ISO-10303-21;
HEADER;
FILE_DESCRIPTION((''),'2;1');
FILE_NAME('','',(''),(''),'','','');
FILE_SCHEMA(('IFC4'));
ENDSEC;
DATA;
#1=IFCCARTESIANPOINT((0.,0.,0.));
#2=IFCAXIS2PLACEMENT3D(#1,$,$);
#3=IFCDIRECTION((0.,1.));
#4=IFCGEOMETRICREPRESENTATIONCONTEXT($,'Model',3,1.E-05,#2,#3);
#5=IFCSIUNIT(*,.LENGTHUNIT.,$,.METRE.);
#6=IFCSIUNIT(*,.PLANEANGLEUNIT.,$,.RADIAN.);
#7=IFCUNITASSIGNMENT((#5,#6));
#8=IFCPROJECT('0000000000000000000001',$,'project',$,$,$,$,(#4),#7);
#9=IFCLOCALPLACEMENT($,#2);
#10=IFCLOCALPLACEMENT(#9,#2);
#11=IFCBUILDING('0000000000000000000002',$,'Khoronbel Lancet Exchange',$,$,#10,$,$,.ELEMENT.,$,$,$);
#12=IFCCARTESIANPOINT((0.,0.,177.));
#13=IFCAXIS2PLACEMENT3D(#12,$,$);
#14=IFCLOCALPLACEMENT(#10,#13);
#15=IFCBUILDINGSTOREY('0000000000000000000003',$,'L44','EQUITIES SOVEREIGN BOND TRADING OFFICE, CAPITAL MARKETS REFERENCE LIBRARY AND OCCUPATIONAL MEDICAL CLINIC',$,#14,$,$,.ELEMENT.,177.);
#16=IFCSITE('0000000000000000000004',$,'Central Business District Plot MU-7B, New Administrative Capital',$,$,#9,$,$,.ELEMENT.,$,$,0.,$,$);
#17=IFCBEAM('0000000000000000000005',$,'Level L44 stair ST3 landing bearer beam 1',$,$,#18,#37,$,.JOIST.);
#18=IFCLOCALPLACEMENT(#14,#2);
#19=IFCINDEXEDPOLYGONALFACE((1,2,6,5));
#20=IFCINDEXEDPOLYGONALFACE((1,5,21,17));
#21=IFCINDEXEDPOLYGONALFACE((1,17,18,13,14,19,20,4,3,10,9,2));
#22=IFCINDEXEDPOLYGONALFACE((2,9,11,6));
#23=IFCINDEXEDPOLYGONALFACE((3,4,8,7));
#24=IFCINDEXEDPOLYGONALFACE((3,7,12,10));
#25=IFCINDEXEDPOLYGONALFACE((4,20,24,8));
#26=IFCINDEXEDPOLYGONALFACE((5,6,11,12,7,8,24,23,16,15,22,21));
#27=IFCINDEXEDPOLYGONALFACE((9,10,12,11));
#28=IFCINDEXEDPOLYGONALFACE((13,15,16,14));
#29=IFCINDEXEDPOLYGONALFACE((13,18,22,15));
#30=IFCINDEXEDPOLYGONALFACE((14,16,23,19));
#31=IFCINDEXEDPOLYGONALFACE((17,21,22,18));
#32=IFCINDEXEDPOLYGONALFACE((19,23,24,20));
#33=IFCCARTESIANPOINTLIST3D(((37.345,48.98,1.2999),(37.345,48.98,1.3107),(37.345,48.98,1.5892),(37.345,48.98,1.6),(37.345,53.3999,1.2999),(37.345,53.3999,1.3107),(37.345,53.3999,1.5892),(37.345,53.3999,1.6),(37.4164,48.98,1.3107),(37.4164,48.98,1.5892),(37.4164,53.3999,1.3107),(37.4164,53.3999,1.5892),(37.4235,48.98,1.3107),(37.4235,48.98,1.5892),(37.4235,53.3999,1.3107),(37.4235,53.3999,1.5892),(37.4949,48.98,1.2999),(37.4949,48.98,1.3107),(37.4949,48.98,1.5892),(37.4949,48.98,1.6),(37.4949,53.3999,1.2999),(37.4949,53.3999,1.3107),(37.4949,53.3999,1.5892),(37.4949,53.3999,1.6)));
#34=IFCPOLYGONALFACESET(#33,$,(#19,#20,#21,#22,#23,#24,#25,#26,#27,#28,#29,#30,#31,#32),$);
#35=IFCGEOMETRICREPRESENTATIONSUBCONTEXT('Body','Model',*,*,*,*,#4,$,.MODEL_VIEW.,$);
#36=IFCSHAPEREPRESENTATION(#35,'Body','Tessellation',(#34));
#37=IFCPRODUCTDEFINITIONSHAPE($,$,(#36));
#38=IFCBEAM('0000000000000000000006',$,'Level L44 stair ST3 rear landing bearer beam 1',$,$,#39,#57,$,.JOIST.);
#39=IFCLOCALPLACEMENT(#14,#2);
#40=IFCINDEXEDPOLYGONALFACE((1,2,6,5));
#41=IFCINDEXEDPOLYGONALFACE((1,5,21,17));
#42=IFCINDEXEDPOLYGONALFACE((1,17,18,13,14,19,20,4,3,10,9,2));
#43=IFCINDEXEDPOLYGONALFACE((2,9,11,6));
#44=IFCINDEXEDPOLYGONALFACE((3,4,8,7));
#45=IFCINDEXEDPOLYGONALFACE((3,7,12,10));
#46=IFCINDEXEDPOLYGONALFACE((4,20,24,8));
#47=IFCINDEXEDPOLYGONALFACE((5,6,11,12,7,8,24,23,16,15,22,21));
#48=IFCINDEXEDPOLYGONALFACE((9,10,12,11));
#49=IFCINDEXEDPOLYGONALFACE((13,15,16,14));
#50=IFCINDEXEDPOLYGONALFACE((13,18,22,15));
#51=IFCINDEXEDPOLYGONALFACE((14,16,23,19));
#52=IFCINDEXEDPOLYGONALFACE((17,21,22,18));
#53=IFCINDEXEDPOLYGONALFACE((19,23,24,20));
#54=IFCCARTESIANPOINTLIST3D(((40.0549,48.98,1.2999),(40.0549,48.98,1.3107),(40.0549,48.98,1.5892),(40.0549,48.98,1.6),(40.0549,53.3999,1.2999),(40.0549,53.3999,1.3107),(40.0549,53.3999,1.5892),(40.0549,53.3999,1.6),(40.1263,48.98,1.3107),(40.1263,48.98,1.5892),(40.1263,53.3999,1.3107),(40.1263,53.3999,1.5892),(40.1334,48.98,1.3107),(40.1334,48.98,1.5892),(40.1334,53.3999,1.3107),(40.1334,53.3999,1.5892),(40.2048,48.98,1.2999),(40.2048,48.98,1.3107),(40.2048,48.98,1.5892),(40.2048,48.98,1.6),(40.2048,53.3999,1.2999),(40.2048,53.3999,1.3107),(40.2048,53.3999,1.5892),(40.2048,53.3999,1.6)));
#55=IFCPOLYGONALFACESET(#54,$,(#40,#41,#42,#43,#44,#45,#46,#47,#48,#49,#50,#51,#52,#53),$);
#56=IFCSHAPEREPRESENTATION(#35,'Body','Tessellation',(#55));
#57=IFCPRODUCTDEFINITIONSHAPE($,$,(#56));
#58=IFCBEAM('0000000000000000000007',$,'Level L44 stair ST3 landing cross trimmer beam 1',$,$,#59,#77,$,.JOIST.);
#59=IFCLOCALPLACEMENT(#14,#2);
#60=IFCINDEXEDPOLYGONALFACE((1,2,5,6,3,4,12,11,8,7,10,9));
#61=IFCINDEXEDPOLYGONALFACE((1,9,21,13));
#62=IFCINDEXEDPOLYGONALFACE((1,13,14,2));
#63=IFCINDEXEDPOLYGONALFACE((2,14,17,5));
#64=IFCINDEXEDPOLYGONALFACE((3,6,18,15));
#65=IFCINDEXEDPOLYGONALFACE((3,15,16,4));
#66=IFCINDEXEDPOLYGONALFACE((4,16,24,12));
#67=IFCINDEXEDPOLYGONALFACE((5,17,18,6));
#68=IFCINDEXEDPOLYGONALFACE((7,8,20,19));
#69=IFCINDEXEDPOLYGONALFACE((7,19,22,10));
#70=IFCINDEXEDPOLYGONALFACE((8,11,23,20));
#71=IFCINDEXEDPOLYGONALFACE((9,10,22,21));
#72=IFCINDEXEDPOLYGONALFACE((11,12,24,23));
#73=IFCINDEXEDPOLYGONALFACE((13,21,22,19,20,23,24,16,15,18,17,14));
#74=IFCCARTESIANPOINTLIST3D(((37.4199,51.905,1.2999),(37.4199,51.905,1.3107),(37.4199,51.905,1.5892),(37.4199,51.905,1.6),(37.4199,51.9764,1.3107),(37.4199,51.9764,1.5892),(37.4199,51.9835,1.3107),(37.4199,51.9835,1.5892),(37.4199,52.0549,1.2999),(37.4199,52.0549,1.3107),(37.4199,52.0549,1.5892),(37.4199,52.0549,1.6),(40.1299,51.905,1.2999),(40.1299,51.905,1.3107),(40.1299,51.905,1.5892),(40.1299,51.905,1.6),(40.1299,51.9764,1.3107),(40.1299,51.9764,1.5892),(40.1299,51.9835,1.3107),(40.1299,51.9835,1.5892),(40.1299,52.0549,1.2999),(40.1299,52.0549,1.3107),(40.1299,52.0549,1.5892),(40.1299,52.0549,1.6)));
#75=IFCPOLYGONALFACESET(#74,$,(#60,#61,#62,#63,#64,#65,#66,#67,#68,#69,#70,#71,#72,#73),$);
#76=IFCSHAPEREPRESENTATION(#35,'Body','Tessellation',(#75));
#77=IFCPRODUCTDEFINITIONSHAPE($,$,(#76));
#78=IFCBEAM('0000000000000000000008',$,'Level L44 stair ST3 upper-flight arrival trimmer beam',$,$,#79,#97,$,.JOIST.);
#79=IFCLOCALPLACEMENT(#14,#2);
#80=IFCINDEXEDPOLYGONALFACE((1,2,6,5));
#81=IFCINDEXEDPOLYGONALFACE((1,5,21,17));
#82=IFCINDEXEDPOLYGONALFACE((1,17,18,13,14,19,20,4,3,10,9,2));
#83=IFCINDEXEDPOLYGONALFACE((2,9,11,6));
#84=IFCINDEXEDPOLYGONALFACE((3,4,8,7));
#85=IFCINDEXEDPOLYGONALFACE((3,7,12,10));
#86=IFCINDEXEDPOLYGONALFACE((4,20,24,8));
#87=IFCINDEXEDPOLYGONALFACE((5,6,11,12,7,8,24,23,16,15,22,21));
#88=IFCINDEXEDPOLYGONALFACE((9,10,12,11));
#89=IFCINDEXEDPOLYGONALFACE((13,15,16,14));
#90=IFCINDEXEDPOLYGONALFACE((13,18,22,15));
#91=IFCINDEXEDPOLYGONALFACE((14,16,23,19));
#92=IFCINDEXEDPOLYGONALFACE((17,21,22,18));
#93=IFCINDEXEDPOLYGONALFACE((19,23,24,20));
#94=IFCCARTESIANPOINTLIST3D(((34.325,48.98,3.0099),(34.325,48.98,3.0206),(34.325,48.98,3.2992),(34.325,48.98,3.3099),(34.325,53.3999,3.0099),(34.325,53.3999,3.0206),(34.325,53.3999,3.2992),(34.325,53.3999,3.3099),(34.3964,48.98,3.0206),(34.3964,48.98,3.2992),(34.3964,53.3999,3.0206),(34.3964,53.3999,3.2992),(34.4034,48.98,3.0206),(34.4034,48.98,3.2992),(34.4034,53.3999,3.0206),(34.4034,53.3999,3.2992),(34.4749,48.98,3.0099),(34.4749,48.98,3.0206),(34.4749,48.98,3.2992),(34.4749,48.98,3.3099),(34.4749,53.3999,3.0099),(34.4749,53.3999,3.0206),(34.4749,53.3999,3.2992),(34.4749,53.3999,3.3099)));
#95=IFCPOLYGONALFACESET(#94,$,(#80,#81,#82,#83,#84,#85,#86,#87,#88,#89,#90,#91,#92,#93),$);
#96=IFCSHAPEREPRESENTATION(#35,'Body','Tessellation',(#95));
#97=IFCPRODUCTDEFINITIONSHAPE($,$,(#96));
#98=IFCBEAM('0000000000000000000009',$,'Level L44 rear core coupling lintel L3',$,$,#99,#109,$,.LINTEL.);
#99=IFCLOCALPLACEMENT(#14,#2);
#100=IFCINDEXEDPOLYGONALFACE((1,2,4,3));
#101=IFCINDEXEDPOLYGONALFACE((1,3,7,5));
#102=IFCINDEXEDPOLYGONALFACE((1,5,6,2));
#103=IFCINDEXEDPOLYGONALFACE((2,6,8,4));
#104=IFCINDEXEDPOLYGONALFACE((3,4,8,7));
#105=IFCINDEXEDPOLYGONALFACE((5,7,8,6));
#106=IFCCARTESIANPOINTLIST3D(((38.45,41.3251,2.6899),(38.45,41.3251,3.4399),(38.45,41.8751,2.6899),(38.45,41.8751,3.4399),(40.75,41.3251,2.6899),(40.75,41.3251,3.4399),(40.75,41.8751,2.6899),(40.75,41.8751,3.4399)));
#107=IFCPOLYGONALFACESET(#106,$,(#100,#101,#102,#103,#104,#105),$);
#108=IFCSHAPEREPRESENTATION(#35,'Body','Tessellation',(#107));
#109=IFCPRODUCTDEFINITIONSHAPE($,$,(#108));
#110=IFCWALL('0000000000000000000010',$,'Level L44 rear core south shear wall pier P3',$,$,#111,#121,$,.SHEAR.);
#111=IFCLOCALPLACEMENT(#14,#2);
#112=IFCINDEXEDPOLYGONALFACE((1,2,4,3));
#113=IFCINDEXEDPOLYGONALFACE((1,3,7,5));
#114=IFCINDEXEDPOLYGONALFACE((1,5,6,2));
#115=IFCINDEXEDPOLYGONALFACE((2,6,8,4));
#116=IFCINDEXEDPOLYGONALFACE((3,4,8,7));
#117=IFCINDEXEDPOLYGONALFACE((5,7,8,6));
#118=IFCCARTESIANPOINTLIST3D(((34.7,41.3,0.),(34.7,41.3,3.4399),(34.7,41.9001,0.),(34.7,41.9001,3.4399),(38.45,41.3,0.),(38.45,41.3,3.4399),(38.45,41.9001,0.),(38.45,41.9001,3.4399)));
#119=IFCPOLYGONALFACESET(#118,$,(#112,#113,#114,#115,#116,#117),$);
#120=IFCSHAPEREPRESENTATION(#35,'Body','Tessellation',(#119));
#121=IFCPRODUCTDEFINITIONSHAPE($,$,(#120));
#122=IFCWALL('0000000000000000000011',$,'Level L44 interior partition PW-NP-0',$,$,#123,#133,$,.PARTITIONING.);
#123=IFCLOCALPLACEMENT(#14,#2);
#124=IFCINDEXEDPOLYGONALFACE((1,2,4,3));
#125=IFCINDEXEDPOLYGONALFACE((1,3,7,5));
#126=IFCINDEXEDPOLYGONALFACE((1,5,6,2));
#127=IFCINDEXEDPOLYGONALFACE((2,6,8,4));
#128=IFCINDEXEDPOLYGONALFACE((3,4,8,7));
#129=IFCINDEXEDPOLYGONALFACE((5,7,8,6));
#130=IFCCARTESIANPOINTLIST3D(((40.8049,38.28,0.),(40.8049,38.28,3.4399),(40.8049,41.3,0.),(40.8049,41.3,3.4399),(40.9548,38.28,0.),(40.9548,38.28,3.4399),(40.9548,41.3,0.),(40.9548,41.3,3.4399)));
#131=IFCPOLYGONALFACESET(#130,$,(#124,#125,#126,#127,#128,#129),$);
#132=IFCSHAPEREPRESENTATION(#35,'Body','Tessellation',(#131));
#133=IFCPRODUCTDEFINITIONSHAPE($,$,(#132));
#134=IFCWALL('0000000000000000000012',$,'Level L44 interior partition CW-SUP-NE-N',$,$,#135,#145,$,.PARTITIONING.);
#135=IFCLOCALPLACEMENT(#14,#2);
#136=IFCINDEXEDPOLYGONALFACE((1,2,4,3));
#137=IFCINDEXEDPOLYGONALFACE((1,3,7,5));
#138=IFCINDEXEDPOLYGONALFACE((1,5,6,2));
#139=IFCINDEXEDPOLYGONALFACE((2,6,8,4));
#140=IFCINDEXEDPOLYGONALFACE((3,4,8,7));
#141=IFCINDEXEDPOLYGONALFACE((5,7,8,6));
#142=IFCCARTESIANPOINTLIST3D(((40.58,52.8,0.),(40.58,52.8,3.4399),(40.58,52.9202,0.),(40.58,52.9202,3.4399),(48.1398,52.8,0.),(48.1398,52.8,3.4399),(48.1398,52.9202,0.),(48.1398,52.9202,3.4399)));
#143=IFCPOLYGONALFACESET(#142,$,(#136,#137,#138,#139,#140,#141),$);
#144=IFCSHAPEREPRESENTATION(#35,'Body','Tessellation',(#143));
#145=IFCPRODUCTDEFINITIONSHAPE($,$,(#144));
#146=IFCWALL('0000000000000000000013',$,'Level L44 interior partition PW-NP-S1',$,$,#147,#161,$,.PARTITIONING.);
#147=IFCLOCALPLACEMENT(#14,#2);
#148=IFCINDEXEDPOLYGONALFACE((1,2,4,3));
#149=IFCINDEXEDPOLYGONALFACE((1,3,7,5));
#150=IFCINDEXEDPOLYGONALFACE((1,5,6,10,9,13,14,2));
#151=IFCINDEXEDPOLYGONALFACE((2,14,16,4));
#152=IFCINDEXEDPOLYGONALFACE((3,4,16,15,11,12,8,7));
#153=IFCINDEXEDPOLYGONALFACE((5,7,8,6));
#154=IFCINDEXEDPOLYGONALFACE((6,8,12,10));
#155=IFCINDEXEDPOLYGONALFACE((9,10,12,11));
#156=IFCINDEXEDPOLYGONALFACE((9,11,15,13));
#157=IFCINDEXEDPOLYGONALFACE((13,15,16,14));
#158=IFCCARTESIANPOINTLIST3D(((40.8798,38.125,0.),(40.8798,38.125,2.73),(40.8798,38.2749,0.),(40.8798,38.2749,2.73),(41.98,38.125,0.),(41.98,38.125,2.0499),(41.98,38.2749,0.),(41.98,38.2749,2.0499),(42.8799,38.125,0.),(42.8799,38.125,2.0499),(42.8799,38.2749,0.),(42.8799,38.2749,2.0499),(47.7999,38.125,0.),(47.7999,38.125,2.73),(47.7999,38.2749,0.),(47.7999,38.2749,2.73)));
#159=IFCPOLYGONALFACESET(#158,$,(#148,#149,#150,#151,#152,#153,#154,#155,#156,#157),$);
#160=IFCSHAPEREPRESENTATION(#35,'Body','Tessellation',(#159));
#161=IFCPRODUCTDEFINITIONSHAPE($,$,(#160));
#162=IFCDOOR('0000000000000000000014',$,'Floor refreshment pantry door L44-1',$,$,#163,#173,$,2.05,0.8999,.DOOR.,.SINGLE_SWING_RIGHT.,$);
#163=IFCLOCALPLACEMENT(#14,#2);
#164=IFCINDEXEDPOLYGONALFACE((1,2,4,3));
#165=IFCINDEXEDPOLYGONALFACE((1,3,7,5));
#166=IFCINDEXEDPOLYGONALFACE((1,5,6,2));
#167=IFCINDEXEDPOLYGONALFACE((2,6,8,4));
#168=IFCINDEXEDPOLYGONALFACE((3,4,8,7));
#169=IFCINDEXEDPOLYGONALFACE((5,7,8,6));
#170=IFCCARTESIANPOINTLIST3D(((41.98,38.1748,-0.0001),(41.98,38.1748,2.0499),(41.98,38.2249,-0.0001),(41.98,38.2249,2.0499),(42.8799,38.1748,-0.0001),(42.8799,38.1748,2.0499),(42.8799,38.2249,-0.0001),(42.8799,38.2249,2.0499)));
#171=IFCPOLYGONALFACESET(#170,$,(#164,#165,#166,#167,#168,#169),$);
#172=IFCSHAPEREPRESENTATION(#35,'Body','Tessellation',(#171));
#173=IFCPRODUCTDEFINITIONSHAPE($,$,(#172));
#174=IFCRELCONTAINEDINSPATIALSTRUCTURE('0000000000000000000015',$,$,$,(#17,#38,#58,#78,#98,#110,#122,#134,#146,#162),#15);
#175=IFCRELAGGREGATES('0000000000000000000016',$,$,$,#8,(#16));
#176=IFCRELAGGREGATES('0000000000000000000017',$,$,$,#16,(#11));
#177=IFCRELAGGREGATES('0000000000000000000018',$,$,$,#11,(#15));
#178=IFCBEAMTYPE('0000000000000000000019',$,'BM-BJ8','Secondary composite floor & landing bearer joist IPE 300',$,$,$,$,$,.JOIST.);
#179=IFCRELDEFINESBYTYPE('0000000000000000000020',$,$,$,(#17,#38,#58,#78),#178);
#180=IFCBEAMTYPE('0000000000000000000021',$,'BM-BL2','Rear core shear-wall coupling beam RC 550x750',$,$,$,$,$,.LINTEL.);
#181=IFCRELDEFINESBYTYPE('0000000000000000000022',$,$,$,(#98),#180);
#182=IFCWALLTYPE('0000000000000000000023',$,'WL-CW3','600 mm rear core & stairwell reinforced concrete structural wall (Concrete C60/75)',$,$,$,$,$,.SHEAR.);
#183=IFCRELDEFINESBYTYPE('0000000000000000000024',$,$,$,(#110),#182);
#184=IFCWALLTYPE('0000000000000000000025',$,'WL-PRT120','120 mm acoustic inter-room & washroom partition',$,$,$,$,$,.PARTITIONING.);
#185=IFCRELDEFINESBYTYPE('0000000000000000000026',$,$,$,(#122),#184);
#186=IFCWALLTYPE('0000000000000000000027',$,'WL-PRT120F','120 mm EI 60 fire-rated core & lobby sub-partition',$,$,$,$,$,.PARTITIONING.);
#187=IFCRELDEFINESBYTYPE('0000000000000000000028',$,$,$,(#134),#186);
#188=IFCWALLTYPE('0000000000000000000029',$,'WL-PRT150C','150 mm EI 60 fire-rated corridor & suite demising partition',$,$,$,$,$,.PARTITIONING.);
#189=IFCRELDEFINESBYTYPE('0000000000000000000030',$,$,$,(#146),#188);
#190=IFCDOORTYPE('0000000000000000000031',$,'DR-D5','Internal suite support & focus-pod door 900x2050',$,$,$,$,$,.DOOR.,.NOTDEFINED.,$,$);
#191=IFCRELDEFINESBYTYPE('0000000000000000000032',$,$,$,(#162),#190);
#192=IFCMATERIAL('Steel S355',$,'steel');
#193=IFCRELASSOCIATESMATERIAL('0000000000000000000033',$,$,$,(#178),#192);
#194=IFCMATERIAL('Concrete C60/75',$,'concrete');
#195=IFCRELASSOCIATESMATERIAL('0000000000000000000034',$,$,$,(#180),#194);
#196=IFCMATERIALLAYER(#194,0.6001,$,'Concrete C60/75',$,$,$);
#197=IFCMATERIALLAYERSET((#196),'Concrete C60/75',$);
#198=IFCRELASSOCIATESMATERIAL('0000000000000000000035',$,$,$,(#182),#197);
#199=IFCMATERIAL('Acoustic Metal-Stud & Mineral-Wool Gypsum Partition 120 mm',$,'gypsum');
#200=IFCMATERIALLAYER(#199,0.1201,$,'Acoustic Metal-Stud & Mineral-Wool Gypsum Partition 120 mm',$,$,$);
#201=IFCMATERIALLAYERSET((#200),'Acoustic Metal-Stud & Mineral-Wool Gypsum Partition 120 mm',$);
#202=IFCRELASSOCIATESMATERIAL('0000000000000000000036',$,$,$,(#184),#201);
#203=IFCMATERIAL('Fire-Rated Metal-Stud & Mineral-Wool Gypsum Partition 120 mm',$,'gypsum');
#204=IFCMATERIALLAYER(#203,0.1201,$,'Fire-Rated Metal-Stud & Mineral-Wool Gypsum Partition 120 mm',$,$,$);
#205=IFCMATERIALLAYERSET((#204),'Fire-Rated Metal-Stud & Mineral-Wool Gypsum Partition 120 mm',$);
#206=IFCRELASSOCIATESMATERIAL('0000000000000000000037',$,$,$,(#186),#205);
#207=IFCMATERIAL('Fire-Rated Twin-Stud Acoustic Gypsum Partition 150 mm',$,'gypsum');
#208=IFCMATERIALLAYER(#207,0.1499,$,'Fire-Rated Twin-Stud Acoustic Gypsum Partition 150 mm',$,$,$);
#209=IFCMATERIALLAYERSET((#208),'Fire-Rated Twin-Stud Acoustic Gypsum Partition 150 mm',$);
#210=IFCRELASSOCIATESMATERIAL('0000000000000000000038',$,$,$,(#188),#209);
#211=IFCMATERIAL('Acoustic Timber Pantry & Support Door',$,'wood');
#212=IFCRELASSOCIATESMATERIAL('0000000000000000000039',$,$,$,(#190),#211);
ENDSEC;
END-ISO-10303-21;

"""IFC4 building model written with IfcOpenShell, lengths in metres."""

from ifc_helpers import new_model, si_unit, direction, frame, frame_2d, origin, origin_2d, place, context, subcontext, project, spatial, rectangle, i_section, extrude, material, layer, layer_set, material_profile, profile_set, type_object, element, fill, save


model = new_model("IFC4")

# Units and contexts
model_context = context("Model", 3, precision=1e-05, world=origin(), true_north=direction((0.0, 1.0)))
body_context = subcontext(model_context, "Body", "Model", "MODEL_VIEW")
ifc_project = project(units=[si_unit("LENGTHUNIT", "METRE"), si_unit("PLANEANGLEUNIT", "RADIAN")], contexts=[model_context])

# Site, building, storey
site_placement = place(None, origin())
site = spatial("IfcSite", under=ifc_project, at=site_placement, Name="Central Business District Plot MU-7B, New Administrative Capital", CompositionType="ELEMENT", RefElevation=0.0)
building_placement = place(site_placement, origin())
building = spatial("IfcBuilding", under=site, at=building_placement, Name="Khoronbel Lancet Exchange", CompositionType="ELEMENT")
storey_placement = place(building_placement, frame((0.0, 0.0, 177.0)))
storey = spatial("IfcBuildingStorey", under=building, at=storey_placement, Name="L44", Description="EQUITIES SOVEREIGN BOND TRADING OFFICE, CAPITAL MARKETS REFERENCE LIBRARY AND OCCUPATIONAL MEDICAL CLINIC", CompositionType="ELEMENT", Elevation=177.0)

# Beams
ifc_material_1 = material(Name="Steel S355", Category="steel")
ifc_material_profile_1 = material_profile(ifc_material_1, i_section(OverallWidth=0.1499, OverallDepth=0.3, WebThickness=0.0071, FlangeThickness=0.0107, at=origin_2d()), Name="IPE 300")
ifc_profile_set_1 = profile_set([ifc_material_profile_1], Name="Steel S355")
beam_type_1 = type_object("IfcBeamType", Name="BM-BJ8", Description="Secondary composite floor & landing bearer joist IPE 300", PredefinedType="JOIST", material=ifc_profile_set_1)
for number, where, z_axis, x_axis, name in (
    (1, (37.4199, 48.98, 1.45), (0.0, 1.0, 0.0), (-1.0, 0.0, 0.0), "Level L44 stair ST3 landing bearer beam 1"),
    (2, (40.1299, 48.98, 1.45), (0.0, 1.0, 0.0), (-1.0, 0.0, 0.0), "Level L44 stair ST3 rear landing bearer beam 1"),
):
    element("IfcBeam", number, at=place(storey_placement, frame(where, z_axis=z_axis, x_axis=x_axis)), inside=storey, type_object=beam_type_1, Name=name, PredefinedType="JOIST", context=body_context, shape_type="SweptSolid", body=[
        extrude(i_section(OverallWidth=0.1499, OverallDepth=0.3, WebThickness=0.0071, FlangeThickness=0.0107, at=origin_2d()), origin(), (0.0, 0.0, 1.0), 4.4199),
    ])
beam_1_placement = place(storey_placement, frame((37.4199, 51.98, 1.45), z_axis=(1.0, 0.0, 0.0), x_axis=(0.0, 1.0, 0.0)))
element("IfcBeam", 3, at=beam_1_placement, inside=storey, type_object=beam_type_1, Name="Level L44 stair ST3 landing cross trimmer beam 1", PredefinedType="JOIST", context=body_context, shape_type="SweptSolid", body=[
    extrude(i_section(OverallWidth=0.1499, OverallDepth=0.3, WebThickness=0.0071, FlangeThickness=0.0107, at=origin_2d()), origin(), (0.0, 0.0, 1.0), 2.71),
])
beam_2_placement = place(storey_placement, frame((34.3999, 48.98, 3.1599), z_axis=(0.0, 1.0, 0.0), x_axis=(-1.0, 0.0, 0.0)))
element("IfcBeam", 4, at=beam_2_placement, inside=storey, type_object=beam_type_1, Name="Level L44 stair ST3 upper-flight arrival trimmer beam", PredefinedType="JOIST", context=body_context, shape_type="SweptSolid", body=[
    extrude(i_section(OverallWidth=0.1499, OverallDepth=0.3, WebThickness=0.0071, FlangeThickness=0.0107, at=origin_2d()), origin(), (0.0, 0.0, 1.0), 4.4199),
])
ifc_material_2 = material(Name="Concrete C60/75", Category="concrete")
ifc_material_profile_2 = material_profile(ifc_material_2, rectangle(XDim=0.55, YDim=0.75, at=origin_2d()), Name="RC 550x750")
ifc_profile_set_2 = profile_set([ifc_material_profile_2], Name="Concrete C60/75")
beam_type_2 = type_object("IfcBeamType", Name="BM-BL2", Description="Rear core shear-wall coupling beam RC 550x750", PredefinedType="LINTEL", material=ifc_profile_set_2)
beam_3_placement = place(storey_placement, frame((38.45, 41.6001, 3.0649), z_axis=(1.0, 0.0, 0.0), x_axis=(0.0, 1.0, 0.0)))
element("IfcBeam", 5, at=beam_3_placement, inside=storey, type_object=beam_type_2, Name="Level L44 rear core coupling lintel L3", PredefinedType="LINTEL", context=body_context, shape_type="SweptSolid", body=[
    extrude(rectangle(XDim=0.55, YDim=0.75, at=origin_2d()), origin(), (0.0, 0.0, 1.0), 2.3),
])

# Walls
ifc_layer_1 = layer(ifc_material_2, 0.6001, Name="Concrete C60/75")
ifc_layer_set_1 = layer_set([ifc_layer_1], Name="Concrete C60/75")
wall_type_1 = type_object("IfcWallType", Name="WL-CW3", Description="600 mm rear core & stairwell reinforced concrete structural wall (Concrete C60/75)", PredefinedType="SHEAR", material=ifc_layer_set_1)
wall_1_placement = place(storey_placement, frame((38.45, 41.6001, 0.0), z_axis=(0.0, 0.0, 1.0), x_axis=(-1.0, 0.0, 0.0)))
element("IfcWall", 6, at=wall_1_placement, inside=storey, type_object=wall_type_1, Name="Level L44 rear core south shear wall pier P3", PredefinedType="SHEAR", context=body_context, shape_type="SweptSolid", body=[
    extrude(rectangle(XDim=3.75, YDim=0.6001, at=frame_2d((1.875, 0.0))), origin(), (0.0, 0.0, 1.0), 3.4399),
])
ifc_material_3 = material(Name="Acoustic Metal-Stud & Mineral-Wool Gypsum Partition 120 mm", Category="gypsum")
ifc_layer_2 = layer(ifc_material_3, 0.1201, Name="Acoustic Metal-Stud & Mineral-Wool Gypsum Partition 120 mm")
ifc_layer_set_2 = layer_set([ifc_layer_2], Name="Acoustic Metal-Stud & Mineral-Wool Gypsum Partition 120 mm")
wall_type_2 = type_object("IfcWallType", Name="WL-PRT120", Description="120 mm acoustic inter-room & washroom partition", PredefinedType="PARTITIONING", material=ifc_layer_set_2)
wall_2_placement = place(storey_placement, frame((40.8799, 38.28, 0.0), z_axis=(0.0, 0.0, 1.0), x_axis=(0.0, 1.0, 0.0)))
element("IfcWall", 7, at=wall_2_placement, inside=storey, type_object=wall_type_2, Name="Level L44 interior partition PW-NP-0", PredefinedType="PARTITIONING", context=body_context, shape_type="SweptSolid", body=[
    extrude(rectangle(XDim=3.02, YDim=0.1499, at=frame_2d((1.51, 0.0))), origin(), (0.0, 0.0, 1.0), 3.4399),
])
ifc_material_4 = material(Name="Fire-Rated Metal-Stud & Mineral-Wool Gypsum Partition 120 mm", Category="gypsum")
ifc_layer_3 = layer(ifc_material_4, 0.1201, Name="Fire-Rated Metal-Stud & Mineral-Wool Gypsum Partition 120 mm")
ifc_layer_set_3 = layer_set([ifc_layer_3], Name="Fire-Rated Metal-Stud & Mineral-Wool Gypsum Partition 120 mm")
wall_type_3 = type_object("IfcWallType", Name="WL-PRT120F", Description="120 mm EI 60 fire-rated core & lobby sub-partition", PredefinedType="PARTITIONING", material=ifc_layer_set_3)
wall_3_placement = place(storey_placement, frame((40.5801, 52.8601, 0.0), z_axis=(0.0, 0.0, 1.0), x_axis=(1.0, 0.0, 0.0)))
element("IfcWall", 8, at=wall_3_placement, inside=storey, type_object=wall_type_3, Name="Level L44 interior partition CW-SUP-NE-N", PredefinedType="PARTITIONING", context=body_context, shape_type="SweptSolid", body=[
    extrude(rectangle(XDim=7.5598, YDim=0.1201, at=frame_2d((3.7798, 0.0))), origin(), (0.0, 0.0, 1.0), 3.4399),
])

# Wall, opening, door
ifc_material_5 = material(Name="Fire-Rated Twin-Stud Acoustic Gypsum Partition 150 mm", Category="gypsum")
ifc_layer_4 = layer(ifc_material_5, 0.1499, Name="Fire-Rated Twin-Stud Acoustic Gypsum Partition 150 mm")
ifc_layer_set_4 = layer_set([ifc_layer_4], Name="Fire-Rated Twin-Stud Acoustic Gypsum Partition 150 mm")
wall_type_4 = type_object("IfcWallType", Name="WL-PRT150C", Description="150 mm EI 60 fire-rated corridor & suite demising partition", PredefinedType="PARTITIONING", material=ifc_layer_set_4)
wall_4_placement = place(storey_placement, frame((40.8799, 38.2, 0.0), z_axis=(0.0, 0.0, 1.0), x_axis=(1.0, 0.0, 0.0)))
wall_4 = element("IfcWall", 9, at=wall_4_placement, inside=storey, type_object=wall_type_4, Name="Level L44 interior partition PW-NP-S1", PredefinedType="PARTITIONING", context=body_context, shape_type="SweptSolid", body=[
    extrude(rectangle(XDim=6.9202, YDim=0.1499, at=frame_2d((3.46, 0.0))), origin(), (0.0, 0.0, 1.0), 2.73),
])
opening_1_placement = place(wall_4_placement, frame((1.1001, 0.0, 0.0)))
opening_1 = element("IfcOpeningElement", 10, at=opening_1_placement, cuts=wall_4, PredefinedType="OPENING", context=body_context, shape_type="SweptSolid", body=[
    extrude(rectangle(XDim=0.8999, YDim=2.05, at=frame_2d((0.45, 1.0249))), frame((0.0, 0.085, 0.0), z_axis=(0.0, -1.0, 0.0), x_axis=(1.0, 0.0, 0.0)), (0.0, 0.0, 1.0), 0.1699),
])
ifc_material_6 = material(Name="Acoustic Timber Pantry & Support Door", Category="wood")
door_type_1 = type_object("IfcDoorType", Name="DR-D5", Description="Internal suite support & focus-pod door 900x2050", OperationType="NOTDEFINED", PredefinedType="DOOR", material=ifc_material_6)
door_1_placement = place(opening_1_placement, origin())
door_1 = element("IfcDoor", 11, at=door_1_placement, inside=storey, type_object=door_type_1, Name="Floor refreshment pantry door L44-1", OperationType="SINGLE_SWING_RIGHT", OverallHeight=2.05, OverallWidth=0.8999, PredefinedType="DOOR", context=body_context, shape_type="SweptSolid", body=[
    extrude(rectangle(XDim=0.8999, YDim=2.05, at=frame_2d((0.45, 1.0249))), frame((0.0, 0.0249, 0.0), z_axis=(0.0, -1.0, 0.0), x_axis=(1.0, 0.0, 0.0)), (0.0, 0.0, 1.0), 0.05),
])
fill(opening_1, door_1)

save(model, "model.ifc")
